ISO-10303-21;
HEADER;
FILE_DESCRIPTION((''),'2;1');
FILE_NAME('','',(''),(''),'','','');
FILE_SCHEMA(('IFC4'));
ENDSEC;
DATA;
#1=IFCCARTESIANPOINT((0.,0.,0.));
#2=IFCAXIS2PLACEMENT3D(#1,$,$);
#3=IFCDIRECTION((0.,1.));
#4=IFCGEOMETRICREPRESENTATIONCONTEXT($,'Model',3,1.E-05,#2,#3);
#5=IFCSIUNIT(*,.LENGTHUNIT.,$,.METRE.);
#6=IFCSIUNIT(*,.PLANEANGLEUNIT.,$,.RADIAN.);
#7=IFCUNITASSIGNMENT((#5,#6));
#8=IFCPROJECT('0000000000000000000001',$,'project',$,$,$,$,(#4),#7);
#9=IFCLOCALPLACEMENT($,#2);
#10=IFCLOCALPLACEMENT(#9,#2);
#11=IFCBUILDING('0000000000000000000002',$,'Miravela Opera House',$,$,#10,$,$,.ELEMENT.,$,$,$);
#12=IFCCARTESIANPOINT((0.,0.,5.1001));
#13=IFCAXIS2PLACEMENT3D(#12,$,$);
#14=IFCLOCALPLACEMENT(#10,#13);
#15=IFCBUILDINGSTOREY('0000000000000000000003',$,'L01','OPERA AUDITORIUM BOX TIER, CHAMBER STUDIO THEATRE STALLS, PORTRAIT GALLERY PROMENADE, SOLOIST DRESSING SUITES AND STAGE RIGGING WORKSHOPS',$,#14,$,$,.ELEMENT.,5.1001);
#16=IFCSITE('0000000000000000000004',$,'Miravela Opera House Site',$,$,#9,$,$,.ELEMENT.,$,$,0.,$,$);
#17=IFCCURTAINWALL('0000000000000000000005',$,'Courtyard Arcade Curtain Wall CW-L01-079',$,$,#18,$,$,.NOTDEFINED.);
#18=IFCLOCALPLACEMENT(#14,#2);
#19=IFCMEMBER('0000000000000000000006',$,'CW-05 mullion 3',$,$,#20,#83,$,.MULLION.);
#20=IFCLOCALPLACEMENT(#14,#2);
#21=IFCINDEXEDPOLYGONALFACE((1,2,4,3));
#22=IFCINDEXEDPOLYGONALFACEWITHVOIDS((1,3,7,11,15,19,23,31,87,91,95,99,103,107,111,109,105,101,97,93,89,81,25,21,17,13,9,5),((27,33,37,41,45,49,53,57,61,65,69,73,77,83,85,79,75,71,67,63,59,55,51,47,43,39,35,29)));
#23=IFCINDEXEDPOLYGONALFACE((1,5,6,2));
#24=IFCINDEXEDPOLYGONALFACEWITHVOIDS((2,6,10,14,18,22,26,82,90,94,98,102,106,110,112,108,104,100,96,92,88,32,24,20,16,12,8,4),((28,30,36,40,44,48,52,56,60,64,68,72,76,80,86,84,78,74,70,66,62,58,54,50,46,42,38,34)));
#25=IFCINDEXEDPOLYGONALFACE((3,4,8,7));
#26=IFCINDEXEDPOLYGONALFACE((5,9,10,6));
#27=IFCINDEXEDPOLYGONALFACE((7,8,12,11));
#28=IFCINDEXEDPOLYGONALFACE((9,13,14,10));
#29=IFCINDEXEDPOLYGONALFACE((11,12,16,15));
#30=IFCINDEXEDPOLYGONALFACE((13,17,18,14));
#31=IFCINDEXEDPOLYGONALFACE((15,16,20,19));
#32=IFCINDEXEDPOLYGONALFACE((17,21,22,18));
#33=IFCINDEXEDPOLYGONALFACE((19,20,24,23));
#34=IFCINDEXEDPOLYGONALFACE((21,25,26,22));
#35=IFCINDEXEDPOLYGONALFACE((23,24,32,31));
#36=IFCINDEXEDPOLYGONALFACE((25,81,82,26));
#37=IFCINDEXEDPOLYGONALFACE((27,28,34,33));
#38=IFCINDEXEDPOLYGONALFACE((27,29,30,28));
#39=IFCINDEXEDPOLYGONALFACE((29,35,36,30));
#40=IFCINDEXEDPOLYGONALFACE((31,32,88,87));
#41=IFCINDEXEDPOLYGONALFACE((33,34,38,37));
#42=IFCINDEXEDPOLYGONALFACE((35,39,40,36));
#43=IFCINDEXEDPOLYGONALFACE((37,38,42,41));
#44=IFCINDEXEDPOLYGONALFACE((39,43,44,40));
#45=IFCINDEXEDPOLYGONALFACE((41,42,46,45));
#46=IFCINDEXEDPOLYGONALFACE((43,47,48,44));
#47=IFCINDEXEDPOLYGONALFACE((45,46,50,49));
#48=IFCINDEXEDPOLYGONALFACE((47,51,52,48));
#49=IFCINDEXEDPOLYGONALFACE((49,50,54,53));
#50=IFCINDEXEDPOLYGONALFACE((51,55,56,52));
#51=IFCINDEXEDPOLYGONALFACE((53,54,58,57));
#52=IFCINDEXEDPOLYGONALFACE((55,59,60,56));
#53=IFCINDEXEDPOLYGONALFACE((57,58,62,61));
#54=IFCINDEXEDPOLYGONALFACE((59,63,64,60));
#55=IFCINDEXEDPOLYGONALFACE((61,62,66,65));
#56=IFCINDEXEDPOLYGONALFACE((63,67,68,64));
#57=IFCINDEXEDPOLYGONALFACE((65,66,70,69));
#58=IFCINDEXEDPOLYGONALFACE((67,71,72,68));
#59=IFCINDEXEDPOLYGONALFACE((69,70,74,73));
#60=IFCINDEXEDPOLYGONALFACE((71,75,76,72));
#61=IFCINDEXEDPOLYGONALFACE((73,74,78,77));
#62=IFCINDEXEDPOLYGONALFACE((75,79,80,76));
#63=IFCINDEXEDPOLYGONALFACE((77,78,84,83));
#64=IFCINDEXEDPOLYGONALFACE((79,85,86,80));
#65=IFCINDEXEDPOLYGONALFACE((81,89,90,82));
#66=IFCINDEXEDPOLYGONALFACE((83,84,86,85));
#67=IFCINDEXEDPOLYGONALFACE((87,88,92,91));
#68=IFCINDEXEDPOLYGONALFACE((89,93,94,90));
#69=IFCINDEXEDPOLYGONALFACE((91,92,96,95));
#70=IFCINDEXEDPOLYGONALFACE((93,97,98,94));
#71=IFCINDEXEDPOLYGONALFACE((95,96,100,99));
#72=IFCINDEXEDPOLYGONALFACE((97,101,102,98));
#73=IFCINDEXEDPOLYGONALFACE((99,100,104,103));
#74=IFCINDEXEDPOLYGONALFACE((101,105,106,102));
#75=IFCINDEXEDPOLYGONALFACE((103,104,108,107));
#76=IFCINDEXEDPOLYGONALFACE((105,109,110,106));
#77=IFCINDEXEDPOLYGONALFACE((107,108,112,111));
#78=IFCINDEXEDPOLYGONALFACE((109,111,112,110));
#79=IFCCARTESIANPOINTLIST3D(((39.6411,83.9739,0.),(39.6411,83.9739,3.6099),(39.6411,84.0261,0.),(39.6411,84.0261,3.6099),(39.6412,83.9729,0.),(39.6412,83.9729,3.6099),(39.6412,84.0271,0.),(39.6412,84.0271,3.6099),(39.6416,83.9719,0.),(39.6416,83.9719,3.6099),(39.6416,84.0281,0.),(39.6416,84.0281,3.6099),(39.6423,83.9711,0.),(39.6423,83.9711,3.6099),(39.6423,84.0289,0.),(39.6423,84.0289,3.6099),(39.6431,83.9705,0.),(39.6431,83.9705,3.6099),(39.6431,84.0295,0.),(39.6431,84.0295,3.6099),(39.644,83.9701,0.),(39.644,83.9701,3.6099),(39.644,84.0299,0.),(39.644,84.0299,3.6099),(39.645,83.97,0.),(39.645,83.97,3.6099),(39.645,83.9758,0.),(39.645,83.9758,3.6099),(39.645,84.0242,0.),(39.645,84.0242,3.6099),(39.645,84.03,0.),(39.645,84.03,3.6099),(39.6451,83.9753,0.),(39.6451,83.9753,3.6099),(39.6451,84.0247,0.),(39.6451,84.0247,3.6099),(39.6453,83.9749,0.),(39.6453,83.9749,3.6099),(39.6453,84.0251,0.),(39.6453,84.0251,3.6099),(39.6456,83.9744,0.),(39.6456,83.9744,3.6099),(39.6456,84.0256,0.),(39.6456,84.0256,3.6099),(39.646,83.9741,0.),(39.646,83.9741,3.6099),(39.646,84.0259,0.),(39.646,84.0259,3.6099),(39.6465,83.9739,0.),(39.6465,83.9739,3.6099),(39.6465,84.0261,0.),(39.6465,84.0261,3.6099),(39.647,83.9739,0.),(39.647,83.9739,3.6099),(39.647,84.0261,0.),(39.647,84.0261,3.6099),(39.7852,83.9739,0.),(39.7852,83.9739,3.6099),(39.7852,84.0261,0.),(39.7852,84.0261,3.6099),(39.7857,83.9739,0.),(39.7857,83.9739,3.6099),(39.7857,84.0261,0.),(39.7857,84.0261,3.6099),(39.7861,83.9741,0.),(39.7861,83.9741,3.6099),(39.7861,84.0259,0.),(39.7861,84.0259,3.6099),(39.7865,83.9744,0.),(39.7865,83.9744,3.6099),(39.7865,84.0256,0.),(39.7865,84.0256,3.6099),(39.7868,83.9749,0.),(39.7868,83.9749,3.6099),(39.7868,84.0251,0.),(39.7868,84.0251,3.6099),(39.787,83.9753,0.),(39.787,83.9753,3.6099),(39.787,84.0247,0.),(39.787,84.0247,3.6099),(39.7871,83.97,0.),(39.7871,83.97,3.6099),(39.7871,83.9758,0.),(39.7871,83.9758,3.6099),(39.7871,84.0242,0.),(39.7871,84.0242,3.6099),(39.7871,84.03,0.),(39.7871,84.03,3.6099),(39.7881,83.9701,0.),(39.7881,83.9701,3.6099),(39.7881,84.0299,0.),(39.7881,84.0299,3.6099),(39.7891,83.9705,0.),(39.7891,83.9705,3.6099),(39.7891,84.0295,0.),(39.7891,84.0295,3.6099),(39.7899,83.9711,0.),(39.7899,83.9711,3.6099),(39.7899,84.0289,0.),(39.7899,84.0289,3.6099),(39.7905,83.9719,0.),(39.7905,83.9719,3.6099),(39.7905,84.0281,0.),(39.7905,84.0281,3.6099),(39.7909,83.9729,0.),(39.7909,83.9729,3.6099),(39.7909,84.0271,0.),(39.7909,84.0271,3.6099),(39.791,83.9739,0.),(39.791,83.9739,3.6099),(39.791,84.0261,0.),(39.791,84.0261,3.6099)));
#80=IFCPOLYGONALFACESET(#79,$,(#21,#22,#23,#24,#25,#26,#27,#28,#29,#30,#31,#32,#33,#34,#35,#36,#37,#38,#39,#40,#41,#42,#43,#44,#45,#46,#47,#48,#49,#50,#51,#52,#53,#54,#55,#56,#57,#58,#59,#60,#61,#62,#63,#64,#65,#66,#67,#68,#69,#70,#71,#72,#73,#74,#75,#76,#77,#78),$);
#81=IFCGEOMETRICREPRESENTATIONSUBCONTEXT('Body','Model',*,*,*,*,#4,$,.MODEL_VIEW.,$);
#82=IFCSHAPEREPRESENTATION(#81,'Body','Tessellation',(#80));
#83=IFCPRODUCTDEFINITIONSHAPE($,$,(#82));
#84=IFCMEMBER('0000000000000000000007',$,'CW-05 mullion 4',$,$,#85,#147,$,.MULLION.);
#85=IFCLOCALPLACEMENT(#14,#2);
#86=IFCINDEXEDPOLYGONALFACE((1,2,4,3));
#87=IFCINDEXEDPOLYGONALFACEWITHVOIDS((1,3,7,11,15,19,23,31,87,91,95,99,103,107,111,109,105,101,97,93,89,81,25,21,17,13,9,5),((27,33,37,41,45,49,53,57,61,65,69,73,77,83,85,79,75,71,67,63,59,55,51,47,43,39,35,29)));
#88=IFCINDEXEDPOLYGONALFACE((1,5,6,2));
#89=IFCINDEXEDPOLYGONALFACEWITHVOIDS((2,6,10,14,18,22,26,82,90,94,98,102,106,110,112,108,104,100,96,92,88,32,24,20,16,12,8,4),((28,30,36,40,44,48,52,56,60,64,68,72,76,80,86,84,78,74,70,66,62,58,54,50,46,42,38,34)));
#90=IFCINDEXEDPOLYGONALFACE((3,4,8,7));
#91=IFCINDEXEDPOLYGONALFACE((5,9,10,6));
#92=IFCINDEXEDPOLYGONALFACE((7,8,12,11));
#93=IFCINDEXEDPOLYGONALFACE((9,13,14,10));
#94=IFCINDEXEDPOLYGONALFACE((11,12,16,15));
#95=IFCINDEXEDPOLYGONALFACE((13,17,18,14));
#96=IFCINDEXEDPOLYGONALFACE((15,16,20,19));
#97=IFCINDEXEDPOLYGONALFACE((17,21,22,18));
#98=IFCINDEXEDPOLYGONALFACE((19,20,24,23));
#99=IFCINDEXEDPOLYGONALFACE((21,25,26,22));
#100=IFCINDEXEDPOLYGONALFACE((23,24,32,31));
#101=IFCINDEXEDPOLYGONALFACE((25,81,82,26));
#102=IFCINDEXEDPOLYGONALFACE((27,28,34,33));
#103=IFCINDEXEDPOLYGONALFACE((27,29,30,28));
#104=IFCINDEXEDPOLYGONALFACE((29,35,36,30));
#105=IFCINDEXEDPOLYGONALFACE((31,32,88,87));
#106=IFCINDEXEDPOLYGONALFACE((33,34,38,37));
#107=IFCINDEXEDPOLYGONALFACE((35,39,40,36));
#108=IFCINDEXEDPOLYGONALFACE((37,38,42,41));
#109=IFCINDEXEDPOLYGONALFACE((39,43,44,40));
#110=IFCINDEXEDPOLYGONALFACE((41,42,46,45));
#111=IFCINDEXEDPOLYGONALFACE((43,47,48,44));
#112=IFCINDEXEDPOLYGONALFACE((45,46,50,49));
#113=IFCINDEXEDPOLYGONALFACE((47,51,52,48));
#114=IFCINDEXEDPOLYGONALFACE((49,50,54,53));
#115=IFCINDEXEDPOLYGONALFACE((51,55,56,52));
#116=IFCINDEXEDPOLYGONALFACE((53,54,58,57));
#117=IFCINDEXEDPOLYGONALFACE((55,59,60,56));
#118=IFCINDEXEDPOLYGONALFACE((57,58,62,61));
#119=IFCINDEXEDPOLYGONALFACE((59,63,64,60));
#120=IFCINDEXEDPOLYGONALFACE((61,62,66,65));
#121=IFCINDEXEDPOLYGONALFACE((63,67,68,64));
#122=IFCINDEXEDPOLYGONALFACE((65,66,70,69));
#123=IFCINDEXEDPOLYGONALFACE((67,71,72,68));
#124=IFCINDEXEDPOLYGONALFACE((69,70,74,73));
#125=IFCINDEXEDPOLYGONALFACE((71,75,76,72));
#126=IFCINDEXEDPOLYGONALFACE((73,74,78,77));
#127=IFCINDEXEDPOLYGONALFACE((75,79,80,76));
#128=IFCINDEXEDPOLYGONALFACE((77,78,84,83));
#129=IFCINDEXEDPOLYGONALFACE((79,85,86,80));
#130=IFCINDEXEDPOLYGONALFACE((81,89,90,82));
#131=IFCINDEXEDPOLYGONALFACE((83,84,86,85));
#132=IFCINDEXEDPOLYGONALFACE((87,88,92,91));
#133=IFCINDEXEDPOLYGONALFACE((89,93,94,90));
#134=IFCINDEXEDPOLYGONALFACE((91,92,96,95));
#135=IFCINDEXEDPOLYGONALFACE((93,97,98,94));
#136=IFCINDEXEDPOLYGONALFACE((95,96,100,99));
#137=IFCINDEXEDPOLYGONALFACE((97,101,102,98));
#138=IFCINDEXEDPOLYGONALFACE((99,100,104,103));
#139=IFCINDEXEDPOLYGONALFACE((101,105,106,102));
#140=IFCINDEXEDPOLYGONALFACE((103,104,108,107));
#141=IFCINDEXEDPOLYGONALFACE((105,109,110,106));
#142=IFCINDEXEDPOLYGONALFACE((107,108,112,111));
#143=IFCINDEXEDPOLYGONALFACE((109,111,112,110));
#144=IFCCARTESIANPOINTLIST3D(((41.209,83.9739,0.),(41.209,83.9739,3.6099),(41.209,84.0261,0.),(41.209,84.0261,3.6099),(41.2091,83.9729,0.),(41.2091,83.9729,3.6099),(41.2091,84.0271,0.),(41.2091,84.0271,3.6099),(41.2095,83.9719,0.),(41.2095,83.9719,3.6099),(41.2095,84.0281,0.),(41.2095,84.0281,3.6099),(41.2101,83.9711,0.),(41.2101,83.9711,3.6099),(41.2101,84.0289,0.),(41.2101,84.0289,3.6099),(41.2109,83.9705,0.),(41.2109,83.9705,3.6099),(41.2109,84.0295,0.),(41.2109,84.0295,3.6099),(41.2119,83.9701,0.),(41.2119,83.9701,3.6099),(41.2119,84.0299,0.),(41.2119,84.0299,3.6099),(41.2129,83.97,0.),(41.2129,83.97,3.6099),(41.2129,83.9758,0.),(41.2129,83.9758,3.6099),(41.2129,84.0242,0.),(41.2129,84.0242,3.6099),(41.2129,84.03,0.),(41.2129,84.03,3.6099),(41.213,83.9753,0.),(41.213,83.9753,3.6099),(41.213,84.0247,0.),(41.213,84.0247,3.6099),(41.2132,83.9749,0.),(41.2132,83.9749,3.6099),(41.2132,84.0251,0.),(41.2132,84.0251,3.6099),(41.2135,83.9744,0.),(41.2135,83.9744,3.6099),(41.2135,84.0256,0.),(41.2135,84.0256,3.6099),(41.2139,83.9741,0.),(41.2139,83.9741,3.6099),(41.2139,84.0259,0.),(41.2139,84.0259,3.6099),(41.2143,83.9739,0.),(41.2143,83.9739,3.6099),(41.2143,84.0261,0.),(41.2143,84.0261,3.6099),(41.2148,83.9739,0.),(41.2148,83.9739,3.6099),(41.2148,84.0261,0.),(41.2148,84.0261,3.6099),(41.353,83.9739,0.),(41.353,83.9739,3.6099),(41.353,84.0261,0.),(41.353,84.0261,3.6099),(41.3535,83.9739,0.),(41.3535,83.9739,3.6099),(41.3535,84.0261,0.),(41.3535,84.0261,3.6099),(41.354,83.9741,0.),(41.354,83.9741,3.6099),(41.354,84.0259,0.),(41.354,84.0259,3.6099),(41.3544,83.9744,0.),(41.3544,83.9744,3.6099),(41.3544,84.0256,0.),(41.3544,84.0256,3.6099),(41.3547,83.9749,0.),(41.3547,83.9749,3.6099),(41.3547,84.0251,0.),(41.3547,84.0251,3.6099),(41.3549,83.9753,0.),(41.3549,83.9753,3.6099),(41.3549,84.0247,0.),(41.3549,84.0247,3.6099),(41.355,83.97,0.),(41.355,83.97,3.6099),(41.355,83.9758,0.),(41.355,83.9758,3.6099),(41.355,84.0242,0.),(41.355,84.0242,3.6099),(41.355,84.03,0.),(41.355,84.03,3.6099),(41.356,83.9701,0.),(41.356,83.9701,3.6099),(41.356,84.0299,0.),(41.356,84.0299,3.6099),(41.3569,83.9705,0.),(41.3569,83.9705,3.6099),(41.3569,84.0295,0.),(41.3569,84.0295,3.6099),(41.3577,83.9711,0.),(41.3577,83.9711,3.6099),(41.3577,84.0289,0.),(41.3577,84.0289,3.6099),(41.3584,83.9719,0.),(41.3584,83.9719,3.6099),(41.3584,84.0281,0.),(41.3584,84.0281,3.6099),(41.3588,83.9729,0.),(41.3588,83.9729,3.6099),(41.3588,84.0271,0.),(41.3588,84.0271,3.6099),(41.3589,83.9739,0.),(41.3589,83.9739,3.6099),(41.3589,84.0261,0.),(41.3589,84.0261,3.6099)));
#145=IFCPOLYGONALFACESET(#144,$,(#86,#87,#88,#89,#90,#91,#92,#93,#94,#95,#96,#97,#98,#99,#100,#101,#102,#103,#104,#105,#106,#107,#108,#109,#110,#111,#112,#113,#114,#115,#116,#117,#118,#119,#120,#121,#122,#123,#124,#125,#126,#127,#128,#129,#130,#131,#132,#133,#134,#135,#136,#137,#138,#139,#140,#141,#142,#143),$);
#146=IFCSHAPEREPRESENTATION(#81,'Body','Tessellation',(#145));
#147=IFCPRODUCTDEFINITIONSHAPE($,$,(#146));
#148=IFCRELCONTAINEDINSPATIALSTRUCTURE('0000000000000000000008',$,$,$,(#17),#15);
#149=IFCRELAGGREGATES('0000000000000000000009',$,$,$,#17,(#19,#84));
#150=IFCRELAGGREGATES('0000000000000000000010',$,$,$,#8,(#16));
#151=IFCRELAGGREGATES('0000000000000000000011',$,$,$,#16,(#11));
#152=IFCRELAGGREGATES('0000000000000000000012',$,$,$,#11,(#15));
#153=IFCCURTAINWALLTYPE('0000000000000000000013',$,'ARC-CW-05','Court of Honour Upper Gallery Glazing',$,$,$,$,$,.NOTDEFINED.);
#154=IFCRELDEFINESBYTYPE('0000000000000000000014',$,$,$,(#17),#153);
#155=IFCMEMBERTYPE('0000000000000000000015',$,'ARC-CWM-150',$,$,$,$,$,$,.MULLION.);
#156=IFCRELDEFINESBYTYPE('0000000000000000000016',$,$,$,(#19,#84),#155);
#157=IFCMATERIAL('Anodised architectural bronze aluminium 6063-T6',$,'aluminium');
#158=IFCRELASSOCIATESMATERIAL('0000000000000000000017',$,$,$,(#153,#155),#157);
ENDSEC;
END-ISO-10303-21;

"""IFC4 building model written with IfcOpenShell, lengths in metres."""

from ifc_helpers import new_model, si_unit, direction, frame, origin, origin_2d, place, context, subcontext, project, spatial, hollow_rectangle, extrude, material, material_profile, profile_set, type_object, element, aggregate, save


model = new_model("IFC4")

# Units and contexts
model_context = context("Model", 3, precision=1e-05, world=origin(), true_north=direction((0.0, 1.0)))
body_context = subcontext(model_context, "Body", "Model", "MODEL_VIEW")
ifc_project = project(units=[si_unit("LENGTHUNIT", "METRE"), si_unit("PLANEANGLEUNIT", "RADIAN")], contexts=[model_context])

# Site, building, storey
site_placement = place(None, origin())
site = spatial("IfcSite", under=ifc_project, at=site_placement, Name="Miravela Opera House Site", CompositionType="ELEMENT", RefElevation=0.0)
building_placement = place(site_placement, origin())
building = spatial("IfcBuilding", under=site, at=building_placement, Name="Miravela Opera House", CompositionType="ELEMENT")
storey_placement = place(building_placement, frame((0.0, 0.0, 5.1001)))
storey = spatial("IfcBuildingStorey", under=building, at=storey_placement, Name="L01", Description="OPERA AUDITORIUM BOX TIER, CHAMBER STUDIO THEATRE STALLS, PORTRAIT GALLERY PROMENADE, SOLOIST DRESSING SUITES AND STAGE RIGGING WORKSHOPS", CompositionType="ELEMENT", Elevation=5.1001)

# Curtain wall, members
ifc_material_1 = material(Name="Anodised architectural bronze aluminium 6063-T6", Category="aluminium")
curtain_wall_type = type_object("IfcCurtainWallType", Name="ARC-CW-05", Description="Court of Honour Upper Gallery Glazing", PredefinedType="NOTDEFINED", material=ifc_material_1)
curtain_wall_placement = place(storey_placement, origin())
curtain_wall = element("IfcCurtainWall", 1, at=curtain_wall_placement, inside=storey, type_object=curtain_wall_type, Name="Courtyard Arcade Curtain Wall CW-L01-079", PredefinedType="NOTDEFINED")
ifc_material_profile_1 = material_profile(ifc_material_1, hollow_rectangle(XDim=0.0601, YDim=0.1499, WallThickness=0.0039, InnerFilletRadius=0.002, OuterFilletRadius=0.0039, at=origin_2d()), Name="CWM-60X150")
ifc_profile_set_1 = profile_set([ifc_material_profile_1])
member_type_1 = type_object("IfcMemberType", Name="ARC-CWM-150", PredefinedType="MULLION", material=ifc_profile_set_1)
member_1_placement = place(storey_placement, frame((39.7161, 84.0, 0.0), z_axis=(0.0, 0.0, 1.0), x_axis=(0.0, 1.0, 0.0)))
member_1 = element("IfcMember", 2, at=member_1_placement, type_object=member_type_1, Name="CW-05 mullion 3", PredefinedType="MULLION", context=body_context, shape_type="SweptSolid", body=[
    extrude(hollow_rectangle(XDim=0.0601, YDim=0.1499, WallThickness=0.0039, InnerFilletRadius=0.002, OuterFilletRadius=0.0039, at=origin_2d()), origin(), (0.0, 0.0, 1.0), 3.6099),
])
member_2_placement = place(storey_placement, frame((41.2839, 84.0, 0.0), z_axis=(0.0, 0.0, 1.0), x_axis=(0.0, 1.0, 0.0)))
member_2 = element("IfcMember", 3, at=member_2_placement, type_object=member_type_1, Name="CW-05 mullion 4", PredefinedType="MULLION", context=body_context, shape_type="SweptSolid", body=[
    extrude(hollow_rectangle(XDim=0.0601, YDim=0.1499, WallThickness=0.0039, InnerFilletRadius=0.002, OuterFilletRadius=0.0039, at=origin_2d()), origin(), (0.0, 0.0, 1.0), 3.6099),
])
aggregate(curtain_wall, [member_1, member_2])

save(model, "model.ifc")
